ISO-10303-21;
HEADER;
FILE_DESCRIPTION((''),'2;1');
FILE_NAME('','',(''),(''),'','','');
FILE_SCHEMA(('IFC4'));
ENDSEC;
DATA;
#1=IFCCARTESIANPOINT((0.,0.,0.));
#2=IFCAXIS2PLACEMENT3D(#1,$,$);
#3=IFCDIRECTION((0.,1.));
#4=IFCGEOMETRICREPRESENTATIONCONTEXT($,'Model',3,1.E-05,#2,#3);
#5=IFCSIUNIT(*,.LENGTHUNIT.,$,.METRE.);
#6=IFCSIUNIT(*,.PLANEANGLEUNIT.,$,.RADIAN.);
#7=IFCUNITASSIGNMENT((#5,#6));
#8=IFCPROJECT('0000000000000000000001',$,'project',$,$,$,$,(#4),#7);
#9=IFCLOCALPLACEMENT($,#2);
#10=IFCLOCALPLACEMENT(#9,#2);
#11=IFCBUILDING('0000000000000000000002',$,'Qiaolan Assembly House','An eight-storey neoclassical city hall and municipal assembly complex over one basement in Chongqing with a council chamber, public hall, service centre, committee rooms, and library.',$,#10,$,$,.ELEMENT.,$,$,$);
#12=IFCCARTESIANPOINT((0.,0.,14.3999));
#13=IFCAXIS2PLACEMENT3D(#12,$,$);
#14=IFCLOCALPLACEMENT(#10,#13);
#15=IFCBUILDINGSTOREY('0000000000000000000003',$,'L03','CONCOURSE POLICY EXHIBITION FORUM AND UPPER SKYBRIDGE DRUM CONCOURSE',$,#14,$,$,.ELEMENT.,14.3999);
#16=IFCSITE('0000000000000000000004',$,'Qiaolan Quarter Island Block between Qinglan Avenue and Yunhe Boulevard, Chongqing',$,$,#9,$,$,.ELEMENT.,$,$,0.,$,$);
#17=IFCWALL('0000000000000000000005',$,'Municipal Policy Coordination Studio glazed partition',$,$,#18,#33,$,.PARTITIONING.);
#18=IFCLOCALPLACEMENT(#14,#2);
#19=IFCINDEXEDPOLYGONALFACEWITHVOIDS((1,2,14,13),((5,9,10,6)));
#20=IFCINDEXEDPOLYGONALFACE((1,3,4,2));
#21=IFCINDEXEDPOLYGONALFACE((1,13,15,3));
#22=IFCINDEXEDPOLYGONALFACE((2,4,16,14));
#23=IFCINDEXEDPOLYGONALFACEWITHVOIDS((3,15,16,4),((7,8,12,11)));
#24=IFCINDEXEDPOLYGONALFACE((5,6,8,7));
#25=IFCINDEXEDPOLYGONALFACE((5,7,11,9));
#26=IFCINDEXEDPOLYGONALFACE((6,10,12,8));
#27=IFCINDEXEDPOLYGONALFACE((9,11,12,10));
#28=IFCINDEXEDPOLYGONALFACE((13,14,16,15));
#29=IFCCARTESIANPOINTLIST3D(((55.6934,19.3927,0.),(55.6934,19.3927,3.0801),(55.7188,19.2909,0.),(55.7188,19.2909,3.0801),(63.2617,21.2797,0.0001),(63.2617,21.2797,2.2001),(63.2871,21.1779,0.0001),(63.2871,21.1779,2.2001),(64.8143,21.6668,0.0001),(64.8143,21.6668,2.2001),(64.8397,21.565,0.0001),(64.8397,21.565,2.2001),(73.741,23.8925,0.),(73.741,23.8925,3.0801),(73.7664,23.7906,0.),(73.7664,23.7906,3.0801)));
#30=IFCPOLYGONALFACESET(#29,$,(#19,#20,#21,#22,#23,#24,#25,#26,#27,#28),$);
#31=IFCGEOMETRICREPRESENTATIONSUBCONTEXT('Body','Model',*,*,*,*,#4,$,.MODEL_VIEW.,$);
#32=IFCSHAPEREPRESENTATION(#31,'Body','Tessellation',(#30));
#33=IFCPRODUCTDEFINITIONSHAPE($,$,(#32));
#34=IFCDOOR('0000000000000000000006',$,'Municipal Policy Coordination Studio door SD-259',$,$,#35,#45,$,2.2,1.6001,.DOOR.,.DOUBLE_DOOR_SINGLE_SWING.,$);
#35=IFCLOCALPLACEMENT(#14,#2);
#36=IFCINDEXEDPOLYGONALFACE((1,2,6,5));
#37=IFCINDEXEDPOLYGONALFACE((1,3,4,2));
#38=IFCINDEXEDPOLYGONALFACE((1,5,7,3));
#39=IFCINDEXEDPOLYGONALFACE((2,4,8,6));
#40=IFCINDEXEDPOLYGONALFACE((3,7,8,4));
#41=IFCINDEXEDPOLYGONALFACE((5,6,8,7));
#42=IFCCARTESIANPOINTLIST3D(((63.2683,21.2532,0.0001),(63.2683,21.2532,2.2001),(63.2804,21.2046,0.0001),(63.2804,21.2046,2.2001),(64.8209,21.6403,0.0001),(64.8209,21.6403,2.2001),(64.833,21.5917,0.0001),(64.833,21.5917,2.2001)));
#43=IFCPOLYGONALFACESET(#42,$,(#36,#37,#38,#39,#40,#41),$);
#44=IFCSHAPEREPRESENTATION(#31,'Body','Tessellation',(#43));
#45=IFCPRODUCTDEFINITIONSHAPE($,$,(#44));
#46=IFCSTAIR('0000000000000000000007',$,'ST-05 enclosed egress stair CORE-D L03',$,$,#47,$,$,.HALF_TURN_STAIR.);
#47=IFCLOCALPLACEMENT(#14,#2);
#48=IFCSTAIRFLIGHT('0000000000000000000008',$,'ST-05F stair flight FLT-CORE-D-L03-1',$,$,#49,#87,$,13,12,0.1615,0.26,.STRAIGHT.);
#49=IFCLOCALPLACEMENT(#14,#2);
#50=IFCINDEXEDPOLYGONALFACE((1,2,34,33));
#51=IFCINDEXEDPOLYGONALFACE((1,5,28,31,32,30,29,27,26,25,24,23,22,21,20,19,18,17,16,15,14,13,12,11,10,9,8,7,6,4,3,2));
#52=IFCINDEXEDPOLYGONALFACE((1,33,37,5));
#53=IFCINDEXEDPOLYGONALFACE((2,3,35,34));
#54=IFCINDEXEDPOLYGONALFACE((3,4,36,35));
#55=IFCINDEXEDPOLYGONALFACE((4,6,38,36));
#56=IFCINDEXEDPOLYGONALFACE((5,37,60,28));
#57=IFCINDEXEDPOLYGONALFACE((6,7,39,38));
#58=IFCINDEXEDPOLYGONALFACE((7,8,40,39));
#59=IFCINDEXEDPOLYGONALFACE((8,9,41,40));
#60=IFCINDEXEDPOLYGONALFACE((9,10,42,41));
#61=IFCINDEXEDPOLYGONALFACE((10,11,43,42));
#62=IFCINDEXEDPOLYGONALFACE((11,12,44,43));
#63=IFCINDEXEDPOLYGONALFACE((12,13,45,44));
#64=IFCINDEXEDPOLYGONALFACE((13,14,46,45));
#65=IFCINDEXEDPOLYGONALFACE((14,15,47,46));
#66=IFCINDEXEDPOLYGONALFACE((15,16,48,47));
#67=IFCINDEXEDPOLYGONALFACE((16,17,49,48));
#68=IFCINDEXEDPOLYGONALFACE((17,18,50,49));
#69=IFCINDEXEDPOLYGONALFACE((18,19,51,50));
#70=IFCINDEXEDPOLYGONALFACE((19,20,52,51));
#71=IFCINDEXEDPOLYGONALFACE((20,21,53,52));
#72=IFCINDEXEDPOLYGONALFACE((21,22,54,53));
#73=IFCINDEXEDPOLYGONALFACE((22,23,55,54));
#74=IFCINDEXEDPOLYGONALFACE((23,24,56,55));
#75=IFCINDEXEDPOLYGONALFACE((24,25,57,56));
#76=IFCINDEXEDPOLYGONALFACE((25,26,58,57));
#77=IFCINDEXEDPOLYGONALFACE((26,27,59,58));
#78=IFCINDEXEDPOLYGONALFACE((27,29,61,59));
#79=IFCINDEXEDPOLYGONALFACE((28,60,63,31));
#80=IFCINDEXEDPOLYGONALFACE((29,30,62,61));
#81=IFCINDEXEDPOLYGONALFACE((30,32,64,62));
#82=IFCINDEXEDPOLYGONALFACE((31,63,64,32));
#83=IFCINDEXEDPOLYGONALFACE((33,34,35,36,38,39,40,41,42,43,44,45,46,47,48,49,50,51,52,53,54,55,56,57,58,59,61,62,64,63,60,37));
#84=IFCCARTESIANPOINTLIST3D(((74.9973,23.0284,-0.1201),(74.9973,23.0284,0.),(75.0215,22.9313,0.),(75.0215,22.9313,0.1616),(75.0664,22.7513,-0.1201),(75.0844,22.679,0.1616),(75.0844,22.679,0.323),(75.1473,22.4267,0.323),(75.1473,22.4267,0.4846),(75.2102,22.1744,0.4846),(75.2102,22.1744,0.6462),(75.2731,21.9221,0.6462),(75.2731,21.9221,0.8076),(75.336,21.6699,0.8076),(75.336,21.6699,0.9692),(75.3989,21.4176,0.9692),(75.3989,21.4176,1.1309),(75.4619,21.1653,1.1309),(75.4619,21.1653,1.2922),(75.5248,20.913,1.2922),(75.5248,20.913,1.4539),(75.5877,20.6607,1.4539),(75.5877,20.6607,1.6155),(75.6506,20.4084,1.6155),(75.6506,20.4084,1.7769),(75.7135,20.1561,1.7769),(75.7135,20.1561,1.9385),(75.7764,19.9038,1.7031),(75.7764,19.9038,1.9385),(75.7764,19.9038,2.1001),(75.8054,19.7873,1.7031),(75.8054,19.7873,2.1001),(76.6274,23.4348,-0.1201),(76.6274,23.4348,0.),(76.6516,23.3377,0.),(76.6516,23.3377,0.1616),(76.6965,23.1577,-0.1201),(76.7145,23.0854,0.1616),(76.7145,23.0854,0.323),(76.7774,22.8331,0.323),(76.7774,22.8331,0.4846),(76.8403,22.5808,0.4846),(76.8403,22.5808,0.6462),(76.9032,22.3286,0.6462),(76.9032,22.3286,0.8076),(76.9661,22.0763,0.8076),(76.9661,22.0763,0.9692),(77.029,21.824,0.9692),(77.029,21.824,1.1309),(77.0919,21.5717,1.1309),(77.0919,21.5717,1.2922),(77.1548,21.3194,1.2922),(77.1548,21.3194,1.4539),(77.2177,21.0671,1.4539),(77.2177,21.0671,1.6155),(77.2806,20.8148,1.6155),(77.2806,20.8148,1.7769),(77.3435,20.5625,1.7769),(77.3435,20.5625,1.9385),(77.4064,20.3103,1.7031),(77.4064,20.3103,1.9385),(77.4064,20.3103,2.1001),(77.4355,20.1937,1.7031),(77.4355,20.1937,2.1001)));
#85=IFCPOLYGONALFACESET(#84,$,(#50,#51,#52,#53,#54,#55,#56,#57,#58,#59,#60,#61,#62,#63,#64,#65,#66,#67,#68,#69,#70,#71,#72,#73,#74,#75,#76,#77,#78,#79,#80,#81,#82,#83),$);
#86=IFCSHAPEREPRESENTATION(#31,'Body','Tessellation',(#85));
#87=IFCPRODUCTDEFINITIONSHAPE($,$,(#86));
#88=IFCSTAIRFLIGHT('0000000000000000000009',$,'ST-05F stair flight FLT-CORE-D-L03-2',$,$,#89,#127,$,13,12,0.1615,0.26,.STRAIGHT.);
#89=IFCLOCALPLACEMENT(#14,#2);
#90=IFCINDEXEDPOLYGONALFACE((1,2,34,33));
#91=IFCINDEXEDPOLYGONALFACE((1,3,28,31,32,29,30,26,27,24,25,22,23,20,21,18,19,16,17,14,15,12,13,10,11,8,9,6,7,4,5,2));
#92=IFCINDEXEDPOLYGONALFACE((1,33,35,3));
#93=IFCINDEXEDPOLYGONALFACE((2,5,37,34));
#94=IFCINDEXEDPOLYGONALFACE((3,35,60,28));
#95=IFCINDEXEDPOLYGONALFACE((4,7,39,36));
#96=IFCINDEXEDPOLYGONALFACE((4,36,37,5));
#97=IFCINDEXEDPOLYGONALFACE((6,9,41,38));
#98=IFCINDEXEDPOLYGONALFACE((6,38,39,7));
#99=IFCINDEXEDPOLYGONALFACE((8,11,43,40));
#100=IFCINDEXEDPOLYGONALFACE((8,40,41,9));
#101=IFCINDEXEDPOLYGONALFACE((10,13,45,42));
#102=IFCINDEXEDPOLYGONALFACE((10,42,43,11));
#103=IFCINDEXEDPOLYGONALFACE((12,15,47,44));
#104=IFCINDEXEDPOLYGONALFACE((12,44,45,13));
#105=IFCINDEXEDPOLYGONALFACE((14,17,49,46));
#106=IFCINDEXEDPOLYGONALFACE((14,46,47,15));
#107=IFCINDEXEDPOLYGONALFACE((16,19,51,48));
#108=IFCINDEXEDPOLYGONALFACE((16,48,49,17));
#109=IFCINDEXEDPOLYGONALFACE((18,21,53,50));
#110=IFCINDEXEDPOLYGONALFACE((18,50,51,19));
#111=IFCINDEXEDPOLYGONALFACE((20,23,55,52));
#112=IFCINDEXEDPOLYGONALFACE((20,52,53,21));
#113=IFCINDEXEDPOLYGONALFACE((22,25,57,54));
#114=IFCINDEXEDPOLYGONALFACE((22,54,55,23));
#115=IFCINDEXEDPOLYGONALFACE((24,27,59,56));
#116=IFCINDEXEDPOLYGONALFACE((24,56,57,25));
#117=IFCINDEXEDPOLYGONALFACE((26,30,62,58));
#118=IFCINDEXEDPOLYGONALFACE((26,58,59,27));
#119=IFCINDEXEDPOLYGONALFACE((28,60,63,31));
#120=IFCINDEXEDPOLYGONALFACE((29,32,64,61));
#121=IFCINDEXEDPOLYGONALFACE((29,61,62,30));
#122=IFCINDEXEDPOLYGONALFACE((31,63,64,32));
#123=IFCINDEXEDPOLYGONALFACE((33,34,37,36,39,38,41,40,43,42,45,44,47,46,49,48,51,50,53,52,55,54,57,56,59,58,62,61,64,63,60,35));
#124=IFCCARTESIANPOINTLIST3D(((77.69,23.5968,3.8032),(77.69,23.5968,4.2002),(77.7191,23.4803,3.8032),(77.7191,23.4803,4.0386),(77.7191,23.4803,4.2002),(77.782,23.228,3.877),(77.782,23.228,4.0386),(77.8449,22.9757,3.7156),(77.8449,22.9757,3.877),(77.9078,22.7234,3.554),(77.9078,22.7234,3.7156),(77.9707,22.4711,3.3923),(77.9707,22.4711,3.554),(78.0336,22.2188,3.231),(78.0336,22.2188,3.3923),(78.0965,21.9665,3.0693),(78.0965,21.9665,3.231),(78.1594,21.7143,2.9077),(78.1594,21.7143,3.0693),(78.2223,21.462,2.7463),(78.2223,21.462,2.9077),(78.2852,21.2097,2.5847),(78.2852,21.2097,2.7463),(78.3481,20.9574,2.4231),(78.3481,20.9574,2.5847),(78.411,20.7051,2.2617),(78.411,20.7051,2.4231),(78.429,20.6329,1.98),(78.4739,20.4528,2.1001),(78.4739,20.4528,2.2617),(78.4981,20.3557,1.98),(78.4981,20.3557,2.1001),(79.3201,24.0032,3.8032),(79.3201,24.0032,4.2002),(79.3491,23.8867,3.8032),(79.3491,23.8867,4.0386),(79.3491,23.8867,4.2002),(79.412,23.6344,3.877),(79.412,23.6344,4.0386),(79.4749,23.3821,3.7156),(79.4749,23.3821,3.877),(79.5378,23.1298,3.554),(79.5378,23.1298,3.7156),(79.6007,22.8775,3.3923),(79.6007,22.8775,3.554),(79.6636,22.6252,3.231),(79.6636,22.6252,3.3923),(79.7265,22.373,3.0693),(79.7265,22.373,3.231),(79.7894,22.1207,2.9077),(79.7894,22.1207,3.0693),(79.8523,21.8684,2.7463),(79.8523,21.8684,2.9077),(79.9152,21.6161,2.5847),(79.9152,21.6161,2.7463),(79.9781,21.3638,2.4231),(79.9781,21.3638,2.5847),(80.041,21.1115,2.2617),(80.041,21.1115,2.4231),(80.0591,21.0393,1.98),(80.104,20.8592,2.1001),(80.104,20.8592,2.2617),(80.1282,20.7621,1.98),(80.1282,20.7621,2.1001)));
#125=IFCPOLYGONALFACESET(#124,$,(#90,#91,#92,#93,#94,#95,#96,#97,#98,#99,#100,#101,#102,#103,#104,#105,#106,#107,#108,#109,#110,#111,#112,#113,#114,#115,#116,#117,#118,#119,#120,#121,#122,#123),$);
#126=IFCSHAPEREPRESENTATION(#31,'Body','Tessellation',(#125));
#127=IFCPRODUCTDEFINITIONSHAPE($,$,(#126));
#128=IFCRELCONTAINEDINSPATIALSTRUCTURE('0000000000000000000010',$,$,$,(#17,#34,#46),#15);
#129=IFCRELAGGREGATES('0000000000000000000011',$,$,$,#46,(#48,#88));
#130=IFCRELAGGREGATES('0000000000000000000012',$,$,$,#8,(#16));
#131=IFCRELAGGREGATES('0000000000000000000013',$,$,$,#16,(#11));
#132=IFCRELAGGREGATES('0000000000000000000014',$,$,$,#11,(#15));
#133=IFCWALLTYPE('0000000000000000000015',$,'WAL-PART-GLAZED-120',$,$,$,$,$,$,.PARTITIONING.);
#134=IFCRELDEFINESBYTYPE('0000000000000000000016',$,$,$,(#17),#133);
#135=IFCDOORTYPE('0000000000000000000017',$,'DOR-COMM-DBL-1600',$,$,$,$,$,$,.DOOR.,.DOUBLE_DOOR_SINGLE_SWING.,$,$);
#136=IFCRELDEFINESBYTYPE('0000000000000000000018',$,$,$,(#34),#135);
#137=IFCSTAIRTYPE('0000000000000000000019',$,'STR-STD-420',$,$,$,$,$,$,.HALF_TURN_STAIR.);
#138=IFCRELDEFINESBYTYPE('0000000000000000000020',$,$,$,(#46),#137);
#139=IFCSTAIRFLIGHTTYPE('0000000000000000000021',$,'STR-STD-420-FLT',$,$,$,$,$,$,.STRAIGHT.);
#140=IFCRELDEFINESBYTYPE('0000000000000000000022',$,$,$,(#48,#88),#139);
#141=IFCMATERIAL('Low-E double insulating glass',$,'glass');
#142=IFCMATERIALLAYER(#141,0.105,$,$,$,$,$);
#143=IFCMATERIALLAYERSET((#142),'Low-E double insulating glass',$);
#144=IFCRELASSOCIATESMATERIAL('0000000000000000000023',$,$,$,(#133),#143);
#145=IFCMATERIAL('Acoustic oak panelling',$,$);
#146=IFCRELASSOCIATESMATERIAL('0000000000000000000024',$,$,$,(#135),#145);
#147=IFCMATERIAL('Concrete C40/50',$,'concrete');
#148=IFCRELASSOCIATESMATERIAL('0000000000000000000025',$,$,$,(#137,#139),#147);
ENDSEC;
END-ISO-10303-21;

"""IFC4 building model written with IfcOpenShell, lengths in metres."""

from ifc_helpers import new_model, si_unit, direction, frame, frame_2d, origin, place, context, subcontext, project, spatial, polyline, rectangle, outline, extrude, material, layer, layer_set, type_object, element, fill, aggregate, save


model = new_model("IFC4")

# Units and contexts
model_context = context("Model", 3, precision=1e-05, world=origin(), true_north=direction((0.0, 1.0)))
body_context = subcontext(model_context, "Body", "Model", "MODEL_VIEW")
ifc_project = project(units=[si_unit("LENGTHUNIT", "METRE"), si_unit("PLANEANGLEUNIT", "RADIAN")], contexts=[model_context])

# Site, building, storey
site_placement = place(None, origin())
site = spatial("IfcSite", under=ifc_project, at=site_placement, Name="Qiaolan Quarter Island Block between Qinglan Avenue and Yunhe Boulevard, Chongqing", CompositionType="ELEMENT", RefElevation=0.0)
building_placement = place(site_placement, origin())
building = spatial("IfcBuilding", under=site, at=building_placement, Name="Qiaolan Assembly House", Description="An eight-storey neoclassical city hall and municipal assembly complex over one basement in Chongqing with a council chamber, public hall, service centre, committee rooms, and library.", CompositionType="ELEMENT")
storey_placement = place(building_placement, frame((0.0, 0.0, 14.3999)))
storey = spatial("IfcBuildingStorey", under=building, at=storey_placement, Name="L03", Description="CONCOURSE POLICY EXHIBITION FORUM AND UPPER SKYBRIDGE DRUM CONCOURSE", CompositionType="ELEMENT", Elevation=14.3999)

# Shared definitions
ifc_material_1 = material(Name="Concrete C40/50", Category="concrete")

# Wall, opening, door
ifc_material_2 = material(Name="Acoustic oak panelling")
ifc_material_3 = material(Name="Low-E double insulating glass", Category="glass")
ifc_layer_1 = layer(ifc_material_3, 0.105)
ifc_layer_set_1 = layer_set([ifc_layer_1], Name="Low-E double insulating glass")
wall_type_1 = type_object("IfcWallType", Name="WAL-PART-GLAZED-120", PredefinedType="PARTITIONING", material=ifc_layer_set_1)
wall_1_placement = place(storey_placement, frame((73.7537, 23.8416, 0.0), z_axis=(0.0, 0.0, 1.0), x_axis=(-0.970296, -0.241921, 0.0)))
wall_1 = element("IfcWall", 1, at=wall_1_placement, inside=storey, type_object=wall_type_1, Name="Municipal Policy Coordination Studio glazed partition", PredefinedType="PARTITIONING", context=body_context, shape_type="SweptSolid", body=[
    extrude(rectangle(XDim=18.6001, YDim=0.105, at=frame_2d((9.3, 0.0))), origin(), (0.0, 0.0, 1.0), 3.0801),
])
opening_1_placement = place(wall_1_placement, frame((9.2, 0.0, 0.0)))
opening_1 = element("IfcOpeningElement", 2, at=opening_1_placement, cuts=wall_1, PredefinedType="OPENING", context=body_context, shape_type="SweptSolid", body=[
    extrude(rectangle(XDim=1.6001, YDim=2.2, at=frame_2d((0.8, 1.1001))), frame((0.0, 0.0625, 0.0), z_axis=(0.0, -1.0, 0.0), x_axis=(1.0, 0.0, 0.0)), (0.0, 0.0, 1.0), 0.125),
])
door_type_1 = type_object("IfcDoorType", Name="DOR-COMM-DBL-1600", OperationType="DOUBLE_DOOR_SINGLE_SWING", PredefinedType="DOOR", material=ifc_material_2)
door_1_placement = place(opening_1_placement, origin())
door_1 = element("IfcDoor", 3, at=door_1_placement, inside=storey, type_object=door_type_1, Name="Municipal Policy Coordination Studio door SD-259", OperationType="DOUBLE_DOOR_SINGLE_SWING", OverallHeight=2.2, OverallWidth=1.6001, PredefinedType="DOOR", context=body_context, shape_type="SweptSolid", body=[
    extrude(rectangle(XDim=1.6001, YDim=2.2, at=frame_2d((0.8, 1.1001))), frame((0.0, 0.0249, 0.0), z_axis=(0.0, -1.0, 0.0), x_axis=(1.0, 0.0, 0.0)), (0.0, 0.0, 1.0), 0.05),
])
fill(opening_1, door_1)

# Stair, stair flights
stair_type = type_object("IfcStairType", Name="STR-STD-420", PredefinedType="HALF_TURN_STAIR", material=ifc_material_1)
stair_placement = place(storey_placement, origin())
stair = element("IfcStair", 4, at=stair_placement, inside=storey, type_object=stair_type, Name="ST-05 enclosed egress stair CORE-D L03", PredefinedType="HALF_TURN_STAIR")
stair_flight_type = type_object("IfcStairFlightType", Name="STR-STD-420-FLT", PredefinedType="STRAIGHT", material=ifc_material_1)
stair_flight_1_placement = place(storey_placement, frame((75.8367, 23.1345, 0.0), z_axis=(0.0, 0.0, 1.0), x_axis=(0.241922, -0.970296, 0.0)))
stair_flight_1 = element("IfcStairFlight", 5, at=stair_flight_1_placement, type_object=stair_flight_type, Name="ST-05F stair flight FLT-CORE-D-L03-1", NumberOfRisers=13, NumberOfTreads=12, PredefinedType="STRAIGHT", RiserHeight=0.1615, TreadLength=0.26, context=body_context, shape_type="SweptSolid", body=[
    extrude(outline(polyline([(-0.1001, -0.1201), (-0.1001, 0.0), (0.0, 0.0), (0.0, 0.1616), (0.26, 0.1616), (0.26, 0.323), (0.52, 0.323), (0.52, 0.4846), (0.78, 0.4846), (0.78, 0.6462), (1.04, 0.6462), (1.04, 0.8076), (1.3, 0.8076), (1.3, 0.9692), (1.5601, 0.9692), (1.5601, 1.1309), (1.8201, 1.1309), (1.8201, 1.2922), (2.0801, 1.2922), (2.0801, 1.4539), (2.3401, 1.4539), (2.3401, 1.6155), (2.6001, 1.6155), (2.6001, 1.7769), (2.8601, 1.7769), (2.8601, 1.9385), (3.1201, 1.9385), (3.1201, 2.1001), (3.2402, 2.1001), (3.2402, 1.7031), (3.1201, 1.7031), (0.1855, -0.1201), (-0.1001, -0.1201)])), frame((0.0, 0.8398, 0.0), z_axis=(0.0, -1.0, 0.0), x_axis=(1.0, 0.0, 0.0)), (0.0, 0.0, 1.0), 1.6799),
])
stair_flight_2_placement = place(storey_placement, frame((79.2888, 20.656, 2.1001), z_axis=(0.0, 0.0, 1.0), x_axis=(-0.241922, 0.970296, 0.0)))
stair_flight_2 = element("IfcStairFlight", 6, at=stair_flight_2_placement, type_object=stair_flight_type, Name="ST-05F stair flight FLT-CORE-D-L03-2", NumberOfRisers=13, NumberOfTreads=12, PredefinedType="STRAIGHT", RiserHeight=0.1615, TreadLength=0.26, context=body_context, shape_type="SweptSolid", body=[
    extrude(outline(polyline([(-0.1001, -0.1201), (-0.1001, 0.0), (0.0, 0.0), (0.0, 0.1616), (0.26, 0.1616), (0.26, 0.323), (0.52, 0.323), (0.52, 0.4846), (0.78, 0.4846), (0.78, 0.6462), (1.04, 0.6462), (1.04, 0.8076), (1.3, 0.8076), (1.3, 0.9692), (1.5601, 0.9692), (1.5601, 1.1309), (1.8201, 1.1309), (1.8201, 1.2922), (2.0801, 1.2922), (2.0801, 1.4539), (2.3401, 1.4539), (2.3401, 1.6155), (2.6001, 1.6155), (2.6001, 1.7769), (2.8601, 1.7769), (2.8601, 1.9385), (3.1201, 1.9385), (3.1201, 2.1001), (3.2402, 2.1001), (3.2402, 1.7031), (3.1201, 1.7031), (0.1855, -0.1201), (-0.1001, -0.1201)])), frame((0.0, 0.8398, 0.0), z_axis=(0.0, -1.0, 0.0), x_axis=(1.0, 0.0, 0.0)), (0.0, 0.0, 1.0), 1.6799),
])
aggregate(stair, [stair_flight_1, stair_flight_2])

save(model, "model.ifc")
